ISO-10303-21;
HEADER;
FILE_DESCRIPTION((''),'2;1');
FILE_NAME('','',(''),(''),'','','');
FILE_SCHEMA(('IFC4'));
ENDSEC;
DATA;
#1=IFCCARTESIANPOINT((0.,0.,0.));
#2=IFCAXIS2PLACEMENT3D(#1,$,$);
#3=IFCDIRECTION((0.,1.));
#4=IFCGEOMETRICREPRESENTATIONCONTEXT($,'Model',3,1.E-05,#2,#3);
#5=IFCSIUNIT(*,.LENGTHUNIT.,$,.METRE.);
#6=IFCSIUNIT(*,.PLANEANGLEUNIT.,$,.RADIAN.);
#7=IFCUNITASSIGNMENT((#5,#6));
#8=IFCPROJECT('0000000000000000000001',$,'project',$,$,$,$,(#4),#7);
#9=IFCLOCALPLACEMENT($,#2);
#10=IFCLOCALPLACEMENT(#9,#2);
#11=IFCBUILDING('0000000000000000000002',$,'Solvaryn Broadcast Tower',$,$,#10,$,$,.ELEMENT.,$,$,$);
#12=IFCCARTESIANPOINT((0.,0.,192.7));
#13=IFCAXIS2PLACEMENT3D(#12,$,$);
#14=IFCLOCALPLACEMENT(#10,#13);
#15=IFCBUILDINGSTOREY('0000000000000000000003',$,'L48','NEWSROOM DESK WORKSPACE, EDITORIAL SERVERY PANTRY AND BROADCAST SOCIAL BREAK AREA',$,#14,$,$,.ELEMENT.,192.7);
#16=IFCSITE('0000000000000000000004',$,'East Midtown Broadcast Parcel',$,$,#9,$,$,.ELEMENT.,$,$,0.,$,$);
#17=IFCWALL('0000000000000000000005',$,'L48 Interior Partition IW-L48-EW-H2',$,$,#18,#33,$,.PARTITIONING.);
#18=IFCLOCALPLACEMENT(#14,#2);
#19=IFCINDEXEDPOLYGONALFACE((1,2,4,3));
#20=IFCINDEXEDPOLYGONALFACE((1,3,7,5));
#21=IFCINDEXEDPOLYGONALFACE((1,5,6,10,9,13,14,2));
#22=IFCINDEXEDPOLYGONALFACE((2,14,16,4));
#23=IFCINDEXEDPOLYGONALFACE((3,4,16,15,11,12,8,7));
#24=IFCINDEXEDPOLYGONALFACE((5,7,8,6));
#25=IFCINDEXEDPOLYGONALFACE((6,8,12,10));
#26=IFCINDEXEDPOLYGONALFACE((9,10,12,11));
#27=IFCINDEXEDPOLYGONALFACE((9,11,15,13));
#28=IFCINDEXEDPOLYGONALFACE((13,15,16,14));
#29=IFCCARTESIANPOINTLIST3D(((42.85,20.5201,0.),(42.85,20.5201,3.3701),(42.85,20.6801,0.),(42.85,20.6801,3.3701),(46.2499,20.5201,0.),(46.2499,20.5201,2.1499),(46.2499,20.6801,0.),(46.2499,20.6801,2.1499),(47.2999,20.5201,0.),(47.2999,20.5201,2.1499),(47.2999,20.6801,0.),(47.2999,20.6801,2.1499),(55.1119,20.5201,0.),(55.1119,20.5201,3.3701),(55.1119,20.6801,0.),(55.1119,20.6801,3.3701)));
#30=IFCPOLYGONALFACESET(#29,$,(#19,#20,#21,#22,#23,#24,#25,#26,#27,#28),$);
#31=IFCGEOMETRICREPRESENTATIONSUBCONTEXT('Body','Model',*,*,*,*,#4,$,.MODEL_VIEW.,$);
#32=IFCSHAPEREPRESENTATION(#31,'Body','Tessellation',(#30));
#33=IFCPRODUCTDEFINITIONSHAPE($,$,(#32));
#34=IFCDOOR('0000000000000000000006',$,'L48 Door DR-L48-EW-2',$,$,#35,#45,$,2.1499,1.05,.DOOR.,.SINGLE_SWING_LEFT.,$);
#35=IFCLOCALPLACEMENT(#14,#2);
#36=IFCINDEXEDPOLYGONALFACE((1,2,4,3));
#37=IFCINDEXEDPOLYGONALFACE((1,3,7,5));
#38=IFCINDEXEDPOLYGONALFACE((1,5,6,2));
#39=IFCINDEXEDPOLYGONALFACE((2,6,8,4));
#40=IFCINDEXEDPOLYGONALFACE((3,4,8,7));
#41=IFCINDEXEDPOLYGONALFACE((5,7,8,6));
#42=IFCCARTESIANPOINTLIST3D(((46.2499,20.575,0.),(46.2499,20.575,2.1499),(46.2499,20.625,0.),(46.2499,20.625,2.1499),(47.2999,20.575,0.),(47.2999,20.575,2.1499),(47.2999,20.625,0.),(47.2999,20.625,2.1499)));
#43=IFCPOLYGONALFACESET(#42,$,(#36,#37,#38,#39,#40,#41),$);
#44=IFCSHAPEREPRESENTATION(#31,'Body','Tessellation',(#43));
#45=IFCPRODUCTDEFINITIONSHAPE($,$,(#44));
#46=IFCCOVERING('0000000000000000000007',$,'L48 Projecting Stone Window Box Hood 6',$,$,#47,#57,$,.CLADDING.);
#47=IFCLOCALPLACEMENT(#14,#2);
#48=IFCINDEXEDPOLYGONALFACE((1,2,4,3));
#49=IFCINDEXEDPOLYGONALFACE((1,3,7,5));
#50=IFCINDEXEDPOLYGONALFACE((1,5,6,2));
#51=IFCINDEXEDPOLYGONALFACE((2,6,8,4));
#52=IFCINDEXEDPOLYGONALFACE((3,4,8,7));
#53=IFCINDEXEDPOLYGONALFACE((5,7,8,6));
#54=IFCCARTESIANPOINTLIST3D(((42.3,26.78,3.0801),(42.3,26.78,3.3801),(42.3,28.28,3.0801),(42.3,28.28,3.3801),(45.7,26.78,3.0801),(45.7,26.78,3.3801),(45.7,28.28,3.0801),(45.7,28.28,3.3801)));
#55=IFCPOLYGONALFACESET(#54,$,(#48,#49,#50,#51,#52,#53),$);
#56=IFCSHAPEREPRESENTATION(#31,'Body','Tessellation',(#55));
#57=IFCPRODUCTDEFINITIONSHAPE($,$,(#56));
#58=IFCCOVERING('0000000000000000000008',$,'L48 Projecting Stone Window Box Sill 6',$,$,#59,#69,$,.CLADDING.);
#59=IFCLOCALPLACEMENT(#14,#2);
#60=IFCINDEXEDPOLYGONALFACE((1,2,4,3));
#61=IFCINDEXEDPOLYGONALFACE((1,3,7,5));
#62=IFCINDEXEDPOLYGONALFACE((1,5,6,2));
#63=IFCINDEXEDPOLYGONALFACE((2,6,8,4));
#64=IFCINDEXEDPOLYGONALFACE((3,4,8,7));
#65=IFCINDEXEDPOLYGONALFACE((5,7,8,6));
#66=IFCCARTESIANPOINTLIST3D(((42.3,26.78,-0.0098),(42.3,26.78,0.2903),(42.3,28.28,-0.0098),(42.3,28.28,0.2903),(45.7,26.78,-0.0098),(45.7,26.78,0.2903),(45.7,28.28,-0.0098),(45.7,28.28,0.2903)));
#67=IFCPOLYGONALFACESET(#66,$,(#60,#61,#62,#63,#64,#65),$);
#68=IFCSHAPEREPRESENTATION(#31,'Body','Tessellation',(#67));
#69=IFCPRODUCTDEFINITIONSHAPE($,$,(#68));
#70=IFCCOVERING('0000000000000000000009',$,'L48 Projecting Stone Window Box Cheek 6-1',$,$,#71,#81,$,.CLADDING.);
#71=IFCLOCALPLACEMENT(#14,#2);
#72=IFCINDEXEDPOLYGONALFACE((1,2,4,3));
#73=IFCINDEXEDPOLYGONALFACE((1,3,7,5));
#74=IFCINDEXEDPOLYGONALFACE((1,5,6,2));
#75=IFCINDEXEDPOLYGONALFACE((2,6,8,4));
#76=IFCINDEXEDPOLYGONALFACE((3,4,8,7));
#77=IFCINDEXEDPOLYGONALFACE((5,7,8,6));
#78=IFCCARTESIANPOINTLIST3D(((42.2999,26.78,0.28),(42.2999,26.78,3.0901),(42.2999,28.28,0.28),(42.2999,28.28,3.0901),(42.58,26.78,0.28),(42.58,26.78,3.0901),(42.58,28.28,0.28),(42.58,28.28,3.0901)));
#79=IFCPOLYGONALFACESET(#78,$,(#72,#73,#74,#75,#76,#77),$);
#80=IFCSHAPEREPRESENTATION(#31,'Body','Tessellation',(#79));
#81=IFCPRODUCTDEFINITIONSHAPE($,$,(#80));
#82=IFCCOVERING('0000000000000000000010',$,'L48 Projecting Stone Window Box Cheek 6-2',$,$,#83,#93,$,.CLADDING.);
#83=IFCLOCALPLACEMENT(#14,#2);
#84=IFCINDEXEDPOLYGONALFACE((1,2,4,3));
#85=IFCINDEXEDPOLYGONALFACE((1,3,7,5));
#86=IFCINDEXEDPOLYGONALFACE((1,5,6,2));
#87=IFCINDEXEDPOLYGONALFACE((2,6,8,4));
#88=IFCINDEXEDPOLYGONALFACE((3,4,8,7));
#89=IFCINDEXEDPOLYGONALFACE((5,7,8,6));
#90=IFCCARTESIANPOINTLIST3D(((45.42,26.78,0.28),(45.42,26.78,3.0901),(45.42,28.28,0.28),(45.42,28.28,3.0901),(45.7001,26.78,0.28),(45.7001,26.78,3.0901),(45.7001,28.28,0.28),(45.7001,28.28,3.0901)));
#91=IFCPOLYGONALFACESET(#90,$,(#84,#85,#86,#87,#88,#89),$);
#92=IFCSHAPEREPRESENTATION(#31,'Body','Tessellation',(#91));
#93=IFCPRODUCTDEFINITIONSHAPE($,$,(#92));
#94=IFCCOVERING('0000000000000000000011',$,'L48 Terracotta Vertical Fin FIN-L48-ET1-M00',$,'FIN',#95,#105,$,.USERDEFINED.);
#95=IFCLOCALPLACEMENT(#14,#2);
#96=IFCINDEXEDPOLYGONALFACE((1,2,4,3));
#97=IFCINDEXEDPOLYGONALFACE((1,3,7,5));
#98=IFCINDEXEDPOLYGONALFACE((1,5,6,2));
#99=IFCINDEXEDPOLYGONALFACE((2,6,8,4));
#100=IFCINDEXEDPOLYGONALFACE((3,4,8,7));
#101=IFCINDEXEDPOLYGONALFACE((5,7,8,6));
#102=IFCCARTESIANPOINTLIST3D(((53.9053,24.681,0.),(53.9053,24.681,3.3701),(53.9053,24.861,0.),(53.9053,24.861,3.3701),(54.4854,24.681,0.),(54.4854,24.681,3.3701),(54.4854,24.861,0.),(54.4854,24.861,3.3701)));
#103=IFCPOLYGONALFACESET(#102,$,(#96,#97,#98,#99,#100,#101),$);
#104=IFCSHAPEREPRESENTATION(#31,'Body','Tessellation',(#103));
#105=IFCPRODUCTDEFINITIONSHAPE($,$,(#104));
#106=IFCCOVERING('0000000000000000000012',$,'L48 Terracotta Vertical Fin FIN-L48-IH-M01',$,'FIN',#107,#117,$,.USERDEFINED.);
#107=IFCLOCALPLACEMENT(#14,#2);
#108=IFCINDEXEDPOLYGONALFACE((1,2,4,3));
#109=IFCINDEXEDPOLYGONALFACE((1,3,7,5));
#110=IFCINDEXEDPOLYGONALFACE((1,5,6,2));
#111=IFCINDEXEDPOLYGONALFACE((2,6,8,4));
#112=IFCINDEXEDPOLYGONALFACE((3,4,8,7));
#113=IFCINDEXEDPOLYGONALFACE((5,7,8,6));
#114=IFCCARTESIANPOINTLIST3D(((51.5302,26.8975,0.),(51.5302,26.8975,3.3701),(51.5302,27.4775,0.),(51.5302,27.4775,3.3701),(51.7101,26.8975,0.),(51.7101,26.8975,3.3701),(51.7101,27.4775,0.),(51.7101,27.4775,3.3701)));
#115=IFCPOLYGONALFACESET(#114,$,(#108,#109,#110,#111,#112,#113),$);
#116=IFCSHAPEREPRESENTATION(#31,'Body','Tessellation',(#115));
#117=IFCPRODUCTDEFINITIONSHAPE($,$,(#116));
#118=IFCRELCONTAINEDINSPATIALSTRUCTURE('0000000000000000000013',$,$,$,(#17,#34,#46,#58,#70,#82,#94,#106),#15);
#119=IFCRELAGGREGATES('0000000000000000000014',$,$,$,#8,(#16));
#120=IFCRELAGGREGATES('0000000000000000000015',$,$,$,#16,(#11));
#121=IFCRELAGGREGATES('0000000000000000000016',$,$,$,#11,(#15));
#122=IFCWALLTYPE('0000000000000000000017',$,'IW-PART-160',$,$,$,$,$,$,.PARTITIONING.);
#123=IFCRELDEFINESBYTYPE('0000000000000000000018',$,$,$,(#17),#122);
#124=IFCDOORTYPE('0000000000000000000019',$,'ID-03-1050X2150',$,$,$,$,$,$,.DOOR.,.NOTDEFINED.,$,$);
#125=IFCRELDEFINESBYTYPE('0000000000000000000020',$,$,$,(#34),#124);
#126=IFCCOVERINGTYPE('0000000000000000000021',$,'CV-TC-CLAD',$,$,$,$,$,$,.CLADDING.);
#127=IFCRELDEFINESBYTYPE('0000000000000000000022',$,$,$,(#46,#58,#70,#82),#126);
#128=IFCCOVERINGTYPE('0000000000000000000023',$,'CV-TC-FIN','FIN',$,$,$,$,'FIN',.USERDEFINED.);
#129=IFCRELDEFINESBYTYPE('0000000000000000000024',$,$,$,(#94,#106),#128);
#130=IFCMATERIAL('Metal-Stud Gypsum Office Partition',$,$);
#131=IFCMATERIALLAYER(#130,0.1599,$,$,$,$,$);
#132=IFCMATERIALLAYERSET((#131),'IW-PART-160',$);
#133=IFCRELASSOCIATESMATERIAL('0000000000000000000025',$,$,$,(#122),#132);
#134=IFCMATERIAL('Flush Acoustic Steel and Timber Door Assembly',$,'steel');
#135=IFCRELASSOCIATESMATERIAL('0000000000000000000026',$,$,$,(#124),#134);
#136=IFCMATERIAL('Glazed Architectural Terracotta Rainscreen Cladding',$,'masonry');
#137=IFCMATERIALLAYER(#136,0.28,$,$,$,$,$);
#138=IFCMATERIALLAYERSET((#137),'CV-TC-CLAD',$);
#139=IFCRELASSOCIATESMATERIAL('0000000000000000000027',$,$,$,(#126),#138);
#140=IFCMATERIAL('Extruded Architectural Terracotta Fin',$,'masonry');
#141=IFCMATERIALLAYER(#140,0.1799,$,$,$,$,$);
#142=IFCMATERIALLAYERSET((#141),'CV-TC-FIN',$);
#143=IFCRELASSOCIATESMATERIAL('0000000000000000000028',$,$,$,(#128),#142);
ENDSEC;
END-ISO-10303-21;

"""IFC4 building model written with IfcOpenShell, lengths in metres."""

from ifc_helpers import new_model, si_unit, direction, frame, frame_2d, origin, origin_2d, place, context, subcontext, project, spatial, rectangle, extrude, material, layer, layer_set, type_object, element, fill, save


model = new_model("IFC4")

# Units and contexts
model_context = context("Model", 3, precision=1e-05, world=origin(), true_north=direction((0.0, 1.0)))
body_context = subcontext(model_context, "Body", "Model", "MODEL_VIEW")
ifc_project = project(units=[si_unit("LENGTHUNIT", "METRE"), si_unit("PLANEANGLEUNIT", "RADIAN")], contexts=[model_context])

# Site, building, storey
site_placement = place(None, origin())
site = spatial("IfcSite", under=ifc_project, at=site_placement, Name="East Midtown Broadcast Parcel", CompositionType="ELEMENT", RefElevation=0.0)
building_placement = place(site_placement, origin())
building = spatial("IfcBuilding", under=site, at=building_placement, Name="Solvaryn Broadcast Tower", CompositionType="ELEMENT")
storey_placement = place(building_placement, frame((0.0, 0.0, 192.7)))
storey = spatial("IfcBuildingStorey", under=building, at=storey_placement, Name="L48", Description="NEWSROOM DESK WORKSPACE, EDITORIAL SERVERY PANTRY AND BROADCAST SOCIAL BREAK AREA", CompositionType="ELEMENT", Elevation=192.7)

# Wall, opening, door
ifc_material_1 = material(Name="Metal-Stud Gypsum Office Partition")
ifc_layer_1 = layer(ifc_material_1, 0.1599)
ifc_layer_set_1 = layer_set([ifc_layer_1], Name="IW-PART-160")
wall_type_1 = type_object("IfcWallType", Name="IW-PART-160", PredefinedType="PARTITIONING", material=ifc_layer_set_1)
wall_1_placement = place(storey_placement, frame((42.8501, 20.6001, 0.0), z_axis=(0.0, 0.0, 1.0), x_axis=(1.0, 0.0, 0.0)))
wall_1 = element("IfcWall", 1, at=wall_1_placement, inside=storey, type_object=wall_type_1, Name="L48 Interior Partition IW-L48-EW-H2", PredefinedType="PARTITIONING", context=body_context, shape_type="SweptSolid", body=[
    extrude(rectangle(XDim=12.262, YDim=0.1599, at=frame_2d((6.1309, 0.0))), origin(), (0.0, 0.0, 1.0), 3.3701),
])
opening_1_placement = place(wall_1_placement, frame((3.3999, 0.0, 0.0)))
opening_1 = element("IfcOpeningElement", 2, at=opening_1_placement, cuts=wall_1, PredefinedType="OPENING", context=body_context, shape_type="SweptSolid", body=[
    extrude(rectangle(XDim=1.05, YDim=2.1499, at=frame_2d((0.5249, 1.075))), frame((0.0, 0.0901, 0.0), z_axis=(0.0, -1.0, 0.0), x_axis=(1.0, 0.0, 0.0)), (0.0, 0.0, 1.0), 0.1799),
])
ifc_material_2 = material(Name="Flush Acoustic Steel and Timber Door Assembly", Category="steel")
door_type_1 = type_object("IfcDoorType", Name="ID-03-1050X2150", OperationType="NOTDEFINED", PredefinedType="DOOR", material=ifc_material_2)
door_1_placement = place(opening_1_placement, origin())
door_1 = element("IfcDoor", 3, at=door_1_placement, inside=storey, type_object=door_type_1, Name="L48 Door DR-L48-EW-2", OperationType="SINGLE_SWING_LEFT", OverallHeight=2.1499, OverallWidth=1.05, PredefinedType="DOOR", context=body_context, shape_type="SweptSolid", body=[
    extrude(rectangle(XDim=1.05, YDim=2.1499, at=frame_2d((0.5249, 1.075))), frame((0.0, 0.0249, 0.0), z_axis=(0.0, -1.0, 0.0), x_axis=(1.0, 0.0, 0.0)), (0.0, 0.0, 1.0), 0.05),
])
fill(opening_1, door_1)

# Coverings
ifc_material_3 = material(Name="Glazed Architectural Terracotta Rainscreen Cladding", Category="masonry")
ifc_layer_2 = layer(ifc_material_3, 0.28)
ifc_layer_set_2 = layer_set([ifc_layer_2], Name="CV-TC-CLAD")
covering_type_1 = type_object("IfcCoveringType", Name="CV-TC-CLAD", PredefinedType="CLADDING", material=ifc_layer_set_2)
for number, where, z_axis, x_axis, name in (
    (4, (44.0, 27.53, 3.0801), (0.0, 0.0, 1.0), (1.0, 0.0, 0.0), "L48 Projecting Stone Window Box Hood 6"),
    (5, (44.0, 27.53, -0.0098), (0.0, 0.0, 1.0), (1.0, 0.0, 0.0), "L48 Projecting Stone Window Box Sill 6"),
):
    element("IfcCovering", number, at=place(storey_placement, frame(where, z_axis=z_axis, x_axis=x_axis)), inside=storey, type_object=covering_type_1, Name=name, PredefinedType="CLADDING", context=body_context, shape_type="SweptSolid", body=[
        extrude(rectangle(XDim=3.3999, YDim=1.5, at=origin_2d()), origin(), (0.0, 0.0, 1.0), 0.3),
    ])
for number, where, z_axis, x_axis, name in (
    (6, (42.4399, 27.53, 0.28), (0.0, 0.0, 1.0), (1.0, 0.0, 0.0), "L48 Projecting Stone Window Box Cheek 6-1"),
    (7, (45.5601, 27.53, 0.28), (0.0, 0.0, 1.0), (1.0, 0.0, 0.0), "L48 Projecting Stone Window Box Cheek 6-2"),
):
    element("IfcCovering", number, at=place(storey_placement, frame(where, z_axis=z_axis, x_axis=x_axis)), inside=storey, type_object=covering_type_1, Name=name, PredefinedType="CLADDING", context=body_context, shape_type="SweptSolid", body=[
        extrude(rectangle(XDim=0.28, YDim=1.5, at=origin_2d()), origin(), (0.0, 0.0, 1.0), 2.8101),
    ])
ifc_material_4 = material(Name="Extruded Architectural Terracotta Fin", Category="masonry")
ifc_layer_3 = layer(ifc_material_4, 0.1799)
ifc_layer_set_3 = layer_set([ifc_layer_3], Name="CV-TC-FIN")
covering_type_2 = type_object("IfcCoveringType", Name="CV-TC-FIN", Description="FIN", ElementType="FIN", PredefinedType="USERDEFINED", material=ifc_layer_set_3)
covering_1_placement = place(storey_placement, frame((54.1953, 24.771, 0.0), z_axis=(0.0, 0.0, 1.0), x_axis=(1.0, 0.0, 0.0)))
element("IfcCovering", 8, at=covering_1_placement, inside=storey, type_object=covering_type_2, Name="L48 Terracotta Vertical Fin FIN-L48-ET1-M00", ObjectType="FIN", PredefinedType="USERDEFINED", context=body_context, shape_type="SweptSolid", body=[
    extrude(rectangle(XDim=0.5801, YDim=0.1799, at=origin_2d()), origin(), (0.0, 0.0, 1.0), 3.3701),
])
covering_2_placement = place(storey_placement, frame((51.6201, 27.1875, 0.0), z_axis=(0.0, 0.0, 1.0), x_axis=(1.0, 0.0, 0.0)))
element("IfcCovering", 9, at=covering_2_placement, inside=storey, type_object=covering_type_2, Name="L48 Terracotta Vertical Fin FIN-L48-IH-M01", ObjectType="FIN", PredefinedType="USERDEFINED", context=body_context, shape_type="SweptSolid", body=[
    extrude(rectangle(XDim=0.1799, YDim=0.5801, at=origin_2d()), origin(), (0.0, 0.0, 1.0), 3.3701),
])

save(model, "model.ifc")
